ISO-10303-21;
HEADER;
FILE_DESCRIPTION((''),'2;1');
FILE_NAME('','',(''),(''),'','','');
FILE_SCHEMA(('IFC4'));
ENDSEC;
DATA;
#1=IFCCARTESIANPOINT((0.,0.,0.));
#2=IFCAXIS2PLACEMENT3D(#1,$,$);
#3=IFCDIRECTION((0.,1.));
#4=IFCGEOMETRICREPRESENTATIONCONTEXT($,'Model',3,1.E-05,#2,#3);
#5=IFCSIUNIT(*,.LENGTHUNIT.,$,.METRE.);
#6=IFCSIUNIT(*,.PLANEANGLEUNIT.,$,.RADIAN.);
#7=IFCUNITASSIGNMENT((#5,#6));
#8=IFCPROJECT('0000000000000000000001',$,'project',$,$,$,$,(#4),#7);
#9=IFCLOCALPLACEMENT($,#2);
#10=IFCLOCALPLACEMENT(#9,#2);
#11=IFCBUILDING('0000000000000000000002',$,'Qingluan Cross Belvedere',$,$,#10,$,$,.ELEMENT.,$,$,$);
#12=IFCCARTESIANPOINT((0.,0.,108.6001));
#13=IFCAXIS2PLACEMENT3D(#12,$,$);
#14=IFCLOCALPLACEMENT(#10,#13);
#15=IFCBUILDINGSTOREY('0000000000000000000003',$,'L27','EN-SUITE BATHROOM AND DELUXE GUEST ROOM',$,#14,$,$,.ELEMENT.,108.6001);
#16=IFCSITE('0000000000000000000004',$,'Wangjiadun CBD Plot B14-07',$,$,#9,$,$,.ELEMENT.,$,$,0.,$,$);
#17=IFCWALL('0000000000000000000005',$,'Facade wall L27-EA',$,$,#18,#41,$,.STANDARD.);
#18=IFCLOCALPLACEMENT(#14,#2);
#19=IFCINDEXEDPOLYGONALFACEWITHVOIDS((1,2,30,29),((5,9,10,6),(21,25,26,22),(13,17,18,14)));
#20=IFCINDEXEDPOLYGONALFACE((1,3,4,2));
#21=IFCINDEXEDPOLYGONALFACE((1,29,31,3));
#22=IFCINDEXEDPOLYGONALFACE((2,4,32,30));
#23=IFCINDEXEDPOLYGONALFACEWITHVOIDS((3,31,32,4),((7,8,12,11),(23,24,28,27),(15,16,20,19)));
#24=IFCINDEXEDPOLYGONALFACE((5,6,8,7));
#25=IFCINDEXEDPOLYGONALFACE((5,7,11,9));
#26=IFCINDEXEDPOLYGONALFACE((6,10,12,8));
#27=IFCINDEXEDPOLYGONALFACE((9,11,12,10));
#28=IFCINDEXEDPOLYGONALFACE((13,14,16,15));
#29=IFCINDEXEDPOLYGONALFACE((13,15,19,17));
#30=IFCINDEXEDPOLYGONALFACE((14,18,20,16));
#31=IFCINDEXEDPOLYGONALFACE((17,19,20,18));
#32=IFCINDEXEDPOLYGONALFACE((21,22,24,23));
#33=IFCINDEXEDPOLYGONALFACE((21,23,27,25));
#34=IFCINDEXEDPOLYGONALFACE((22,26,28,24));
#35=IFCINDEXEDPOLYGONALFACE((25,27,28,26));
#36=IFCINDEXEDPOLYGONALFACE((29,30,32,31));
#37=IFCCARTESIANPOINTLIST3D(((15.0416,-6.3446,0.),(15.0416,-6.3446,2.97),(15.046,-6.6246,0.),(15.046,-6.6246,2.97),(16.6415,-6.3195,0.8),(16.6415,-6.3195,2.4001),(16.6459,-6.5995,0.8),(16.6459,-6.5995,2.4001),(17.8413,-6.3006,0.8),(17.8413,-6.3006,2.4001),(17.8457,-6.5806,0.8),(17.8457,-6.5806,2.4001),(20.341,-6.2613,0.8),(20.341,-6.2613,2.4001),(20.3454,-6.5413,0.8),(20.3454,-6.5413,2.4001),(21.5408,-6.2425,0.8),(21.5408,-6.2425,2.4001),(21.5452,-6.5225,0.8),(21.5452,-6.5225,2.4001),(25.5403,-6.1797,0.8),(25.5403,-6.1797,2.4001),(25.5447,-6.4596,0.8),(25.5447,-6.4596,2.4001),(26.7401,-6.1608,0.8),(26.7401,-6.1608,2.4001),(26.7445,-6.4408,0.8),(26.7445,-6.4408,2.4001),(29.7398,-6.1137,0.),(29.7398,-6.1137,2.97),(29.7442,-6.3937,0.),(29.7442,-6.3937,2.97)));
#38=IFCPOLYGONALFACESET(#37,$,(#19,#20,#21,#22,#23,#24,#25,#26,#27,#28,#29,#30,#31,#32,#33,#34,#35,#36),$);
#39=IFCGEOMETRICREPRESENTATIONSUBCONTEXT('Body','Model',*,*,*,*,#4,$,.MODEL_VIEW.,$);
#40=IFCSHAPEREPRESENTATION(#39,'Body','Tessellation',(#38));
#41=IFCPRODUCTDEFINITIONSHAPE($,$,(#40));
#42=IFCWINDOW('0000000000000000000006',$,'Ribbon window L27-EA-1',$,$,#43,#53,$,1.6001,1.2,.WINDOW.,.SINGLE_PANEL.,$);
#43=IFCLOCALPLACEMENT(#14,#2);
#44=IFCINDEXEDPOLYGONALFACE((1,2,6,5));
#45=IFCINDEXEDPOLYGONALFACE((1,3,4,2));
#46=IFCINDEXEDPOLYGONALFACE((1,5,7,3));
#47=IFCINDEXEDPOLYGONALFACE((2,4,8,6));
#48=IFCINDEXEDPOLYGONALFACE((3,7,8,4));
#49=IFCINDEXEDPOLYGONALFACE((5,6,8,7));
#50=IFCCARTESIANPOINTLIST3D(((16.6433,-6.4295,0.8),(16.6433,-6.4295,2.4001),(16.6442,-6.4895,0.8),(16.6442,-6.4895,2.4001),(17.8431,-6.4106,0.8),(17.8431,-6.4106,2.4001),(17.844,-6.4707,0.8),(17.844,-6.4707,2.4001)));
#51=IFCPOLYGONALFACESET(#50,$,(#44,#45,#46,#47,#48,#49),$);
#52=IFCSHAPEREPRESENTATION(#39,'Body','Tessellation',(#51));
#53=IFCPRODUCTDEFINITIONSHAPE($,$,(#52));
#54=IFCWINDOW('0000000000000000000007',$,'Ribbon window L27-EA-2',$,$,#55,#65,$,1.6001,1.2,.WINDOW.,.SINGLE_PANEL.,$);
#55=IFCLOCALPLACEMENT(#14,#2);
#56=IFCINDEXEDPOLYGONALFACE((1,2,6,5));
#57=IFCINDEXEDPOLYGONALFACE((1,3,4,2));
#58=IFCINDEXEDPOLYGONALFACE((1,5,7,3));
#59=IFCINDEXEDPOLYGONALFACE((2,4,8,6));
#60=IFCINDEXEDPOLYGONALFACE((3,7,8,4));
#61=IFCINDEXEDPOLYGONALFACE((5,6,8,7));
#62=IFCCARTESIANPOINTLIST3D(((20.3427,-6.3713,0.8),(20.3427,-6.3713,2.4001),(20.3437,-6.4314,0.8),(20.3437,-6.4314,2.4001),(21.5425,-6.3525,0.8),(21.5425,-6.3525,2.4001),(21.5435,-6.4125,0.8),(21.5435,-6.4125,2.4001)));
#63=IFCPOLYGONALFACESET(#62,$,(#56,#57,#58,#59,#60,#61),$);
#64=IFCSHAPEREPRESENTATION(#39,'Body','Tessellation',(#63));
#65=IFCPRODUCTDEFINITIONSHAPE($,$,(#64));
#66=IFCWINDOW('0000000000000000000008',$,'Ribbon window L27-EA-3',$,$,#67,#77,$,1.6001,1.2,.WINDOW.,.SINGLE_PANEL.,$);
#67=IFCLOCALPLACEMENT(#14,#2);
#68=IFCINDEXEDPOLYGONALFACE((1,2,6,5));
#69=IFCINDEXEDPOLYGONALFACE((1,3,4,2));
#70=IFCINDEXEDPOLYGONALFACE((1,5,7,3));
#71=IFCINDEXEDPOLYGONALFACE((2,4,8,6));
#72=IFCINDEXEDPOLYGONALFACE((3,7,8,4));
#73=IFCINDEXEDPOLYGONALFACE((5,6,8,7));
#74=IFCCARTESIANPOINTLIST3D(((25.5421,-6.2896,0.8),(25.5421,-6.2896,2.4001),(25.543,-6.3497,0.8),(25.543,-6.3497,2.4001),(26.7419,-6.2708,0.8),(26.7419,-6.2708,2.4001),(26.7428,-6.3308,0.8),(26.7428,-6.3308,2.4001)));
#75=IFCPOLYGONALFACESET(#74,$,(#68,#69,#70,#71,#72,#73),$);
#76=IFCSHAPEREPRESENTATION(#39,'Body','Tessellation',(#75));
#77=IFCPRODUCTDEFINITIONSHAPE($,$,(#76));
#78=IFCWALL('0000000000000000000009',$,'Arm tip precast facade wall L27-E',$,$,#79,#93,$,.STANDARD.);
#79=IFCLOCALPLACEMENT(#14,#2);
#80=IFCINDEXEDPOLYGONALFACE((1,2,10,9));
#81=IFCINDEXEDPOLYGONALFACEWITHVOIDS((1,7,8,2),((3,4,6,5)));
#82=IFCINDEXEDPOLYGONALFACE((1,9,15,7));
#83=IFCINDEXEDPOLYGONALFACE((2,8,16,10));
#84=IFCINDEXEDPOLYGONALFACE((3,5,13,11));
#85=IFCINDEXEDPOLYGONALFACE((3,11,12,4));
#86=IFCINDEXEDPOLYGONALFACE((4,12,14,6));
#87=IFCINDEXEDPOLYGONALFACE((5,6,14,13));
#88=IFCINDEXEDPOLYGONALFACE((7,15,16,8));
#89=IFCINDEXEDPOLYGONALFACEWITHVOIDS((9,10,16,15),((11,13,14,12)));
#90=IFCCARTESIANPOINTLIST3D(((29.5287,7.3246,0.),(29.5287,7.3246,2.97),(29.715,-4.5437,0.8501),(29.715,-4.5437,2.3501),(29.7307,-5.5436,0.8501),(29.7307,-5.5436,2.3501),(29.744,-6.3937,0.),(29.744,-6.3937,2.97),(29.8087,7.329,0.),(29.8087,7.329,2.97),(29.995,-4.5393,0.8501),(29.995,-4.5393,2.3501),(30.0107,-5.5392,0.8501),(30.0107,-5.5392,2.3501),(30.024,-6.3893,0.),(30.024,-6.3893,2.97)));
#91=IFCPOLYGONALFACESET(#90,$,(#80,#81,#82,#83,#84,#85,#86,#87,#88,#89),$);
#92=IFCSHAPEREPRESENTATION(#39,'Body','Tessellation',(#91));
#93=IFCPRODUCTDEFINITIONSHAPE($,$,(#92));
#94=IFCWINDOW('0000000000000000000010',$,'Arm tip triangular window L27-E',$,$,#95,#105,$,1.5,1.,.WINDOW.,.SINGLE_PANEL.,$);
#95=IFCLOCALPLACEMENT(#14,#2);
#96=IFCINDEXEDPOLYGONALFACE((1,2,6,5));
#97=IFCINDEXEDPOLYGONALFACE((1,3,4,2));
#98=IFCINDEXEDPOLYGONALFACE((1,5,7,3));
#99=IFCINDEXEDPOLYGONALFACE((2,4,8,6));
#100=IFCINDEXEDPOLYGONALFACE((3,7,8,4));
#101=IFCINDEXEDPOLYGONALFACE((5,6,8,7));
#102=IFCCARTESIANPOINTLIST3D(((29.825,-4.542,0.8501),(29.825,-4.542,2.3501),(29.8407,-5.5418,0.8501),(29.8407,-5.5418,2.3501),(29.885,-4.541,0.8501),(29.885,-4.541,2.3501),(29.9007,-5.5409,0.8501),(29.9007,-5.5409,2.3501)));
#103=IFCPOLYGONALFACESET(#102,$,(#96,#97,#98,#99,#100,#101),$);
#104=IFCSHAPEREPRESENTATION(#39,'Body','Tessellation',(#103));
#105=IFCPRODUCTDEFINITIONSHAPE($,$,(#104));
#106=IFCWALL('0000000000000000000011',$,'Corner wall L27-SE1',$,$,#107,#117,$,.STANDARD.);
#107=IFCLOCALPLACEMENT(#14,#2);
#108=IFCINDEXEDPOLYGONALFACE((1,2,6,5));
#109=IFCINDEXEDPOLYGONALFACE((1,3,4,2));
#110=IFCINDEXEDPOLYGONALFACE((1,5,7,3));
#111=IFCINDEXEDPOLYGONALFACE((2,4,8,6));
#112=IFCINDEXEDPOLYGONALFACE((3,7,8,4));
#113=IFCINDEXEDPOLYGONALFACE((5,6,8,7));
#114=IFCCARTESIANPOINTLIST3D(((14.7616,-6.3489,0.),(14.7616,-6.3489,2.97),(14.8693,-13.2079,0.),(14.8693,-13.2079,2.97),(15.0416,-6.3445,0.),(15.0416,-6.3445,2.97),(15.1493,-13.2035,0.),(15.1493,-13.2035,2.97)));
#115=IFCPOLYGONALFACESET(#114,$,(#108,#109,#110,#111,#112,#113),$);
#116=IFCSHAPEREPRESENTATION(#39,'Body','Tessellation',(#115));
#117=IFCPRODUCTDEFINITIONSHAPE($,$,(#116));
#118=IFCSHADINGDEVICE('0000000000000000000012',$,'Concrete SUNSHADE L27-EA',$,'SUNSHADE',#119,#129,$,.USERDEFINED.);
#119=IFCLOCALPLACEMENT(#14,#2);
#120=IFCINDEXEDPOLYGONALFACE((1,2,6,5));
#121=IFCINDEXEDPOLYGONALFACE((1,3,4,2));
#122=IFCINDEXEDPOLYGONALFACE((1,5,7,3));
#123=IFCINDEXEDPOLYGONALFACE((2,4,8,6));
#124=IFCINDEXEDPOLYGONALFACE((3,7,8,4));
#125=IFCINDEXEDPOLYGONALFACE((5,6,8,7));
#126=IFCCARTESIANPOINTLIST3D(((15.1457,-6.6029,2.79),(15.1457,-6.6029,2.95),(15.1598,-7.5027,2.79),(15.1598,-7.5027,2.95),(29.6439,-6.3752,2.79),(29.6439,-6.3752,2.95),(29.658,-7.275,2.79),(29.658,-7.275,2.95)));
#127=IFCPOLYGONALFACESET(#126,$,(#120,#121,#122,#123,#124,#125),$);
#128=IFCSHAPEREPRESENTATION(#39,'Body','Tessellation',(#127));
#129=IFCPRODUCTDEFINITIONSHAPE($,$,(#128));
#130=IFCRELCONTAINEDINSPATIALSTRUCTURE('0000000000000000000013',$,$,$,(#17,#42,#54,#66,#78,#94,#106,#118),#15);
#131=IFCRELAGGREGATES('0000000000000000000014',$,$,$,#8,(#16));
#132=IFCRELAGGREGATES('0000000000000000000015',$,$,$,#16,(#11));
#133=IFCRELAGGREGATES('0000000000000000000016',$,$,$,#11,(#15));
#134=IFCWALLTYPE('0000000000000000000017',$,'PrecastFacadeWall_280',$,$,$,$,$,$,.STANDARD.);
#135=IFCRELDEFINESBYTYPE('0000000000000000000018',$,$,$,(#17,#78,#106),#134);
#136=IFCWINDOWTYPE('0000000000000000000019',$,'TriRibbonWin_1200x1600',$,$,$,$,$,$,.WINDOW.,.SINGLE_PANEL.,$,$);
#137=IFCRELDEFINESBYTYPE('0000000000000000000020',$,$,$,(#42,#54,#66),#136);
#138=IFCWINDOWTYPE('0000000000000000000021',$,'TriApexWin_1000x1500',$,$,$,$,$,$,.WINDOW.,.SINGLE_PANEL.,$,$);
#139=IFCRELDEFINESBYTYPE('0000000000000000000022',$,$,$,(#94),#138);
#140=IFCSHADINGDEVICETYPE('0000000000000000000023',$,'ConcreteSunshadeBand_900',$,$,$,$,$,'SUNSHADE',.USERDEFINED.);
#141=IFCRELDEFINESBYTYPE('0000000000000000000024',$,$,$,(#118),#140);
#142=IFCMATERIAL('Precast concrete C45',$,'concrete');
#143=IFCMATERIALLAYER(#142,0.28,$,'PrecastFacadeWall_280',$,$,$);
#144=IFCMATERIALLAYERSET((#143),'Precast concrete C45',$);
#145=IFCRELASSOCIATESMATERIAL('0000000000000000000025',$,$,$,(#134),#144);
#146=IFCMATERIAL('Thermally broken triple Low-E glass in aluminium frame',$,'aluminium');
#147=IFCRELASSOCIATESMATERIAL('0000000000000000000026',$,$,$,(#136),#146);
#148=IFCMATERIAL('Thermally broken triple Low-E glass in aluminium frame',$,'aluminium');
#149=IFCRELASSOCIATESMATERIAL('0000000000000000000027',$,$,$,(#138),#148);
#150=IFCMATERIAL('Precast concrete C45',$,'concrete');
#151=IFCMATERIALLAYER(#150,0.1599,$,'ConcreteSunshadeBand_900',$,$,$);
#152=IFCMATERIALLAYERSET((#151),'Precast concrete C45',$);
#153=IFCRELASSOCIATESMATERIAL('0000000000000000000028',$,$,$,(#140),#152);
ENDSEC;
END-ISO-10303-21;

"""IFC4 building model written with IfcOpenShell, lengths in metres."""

from ifc_helpers import new_model, si_unit, direction, frame, frame_2d, origin, origin_2d, place, context, subcontext, project, spatial, rectangle, extrude, material, layer, layer_set, type_object, element, fill, save


model = new_model("IFC4")

# Units and contexts
model_context = context("Model", 3, precision=1e-05, world=origin(), true_north=direction((0.0, 1.0)))
body_context = subcontext(model_context, "Body", "Model", "MODEL_VIEW")
ifc_project = project(units=[si_unit("LENGTHUNIT", "METRE"), si_unit("PLANEANGLEUNIT", "RADIAN")], contexts=[model_context])

# Site, building, storey
site_placement = place(None, origin())
site = spatial("IfcSite", under=ifc_project, at=site_placement, Name="Wangjiadun CBD Plot B14-07", CompositionType="ELEMENT", RefElevation=0.0)
building_placement = place(site_placement, origin())
building = spatial("IfcBuilding", under=site, at=building_placement, Name="Qingluan Cross Belvedere", CompositionType="ELEMENT")
storey_placement = place(building_placement, frame((0.0, 0.0, 108.6001)))
storey = spatial("IfcBuildingStorey", under=building, at=storey_placement, Name="L27", Description="EN-SUITE BATHROOM AND DELUXE GUEST ROOM", CompositionType="ELEMENT", Elevation=108.6001)

# Wall, openings, windows
ifc_material_1 = material(Name="Precast concrete C45", Category="concrete")
ifc_layer_1 = layer(ifc_material_1, 0.28, Name="PrecastFacadeWall_280")
ifc_layer_set_1 = layer_set([ifc_layer_1], Name="Precast concrete C45")
wall_type_1 = type_object("IfcWallType", Name="PrecastFacadeWall_280", PredefinedType="STANDARD", material=ifc_layer_set_1)
wall_1_placement = place(storey_placement, frame((15.0437, -6.4846, 0.0), z_axis=(0.0, 0.0, 1.0), x_axis=(0.999877, 0.015711, 0.0)))
wall_1 = element("IfcWall", 1, at=wall_1_placement, inside=storey, type_object=wall_type_1, Name="Facade wall L27-EA", PredefinedType="STANDARD", context=body_context, shape_type="SweptSolid", body=[
    extrude(rectangle(XDim=14.7, YDim=0.28, at=frame_2d((7.3501, 0.0))), origin(), (0.0, 0.0, 1.0), 2.97),
])
opening_1_placement = place(wall_1_placement, frame((1.6001, 0.0, 0.8)))
opening_1 = element("IfcOpeningElement", 2, at=opening_1_placement, cuts=wall_1, PredefinedType="OPENING", context=body_context, shape_type="SweptSolid", body=[
    extrude(rectangle(XDim=1.2, YDim=1.6001, at=frame_2d((0.6001, 0.8))), frame((0.0, 0.1499, 0.0), z_axis=(0.0, -1.0, 0.0), x_axis=(1.0, 0.0, 0.0)), (0.0, 0.0, 1.0), 0.3),
])
opening_2_placement = place(wall_1_placement, frame((5.3, 0.0, 0.8)))
opening_2 = element("IfcOpeningElement", 3, at=opening_2_placement, cuts=wall_1, PredefinedType="OPENING", context=body_context, shape_type="SweptSolid", body=[
    extrude(rectangle(XDim=1.2, YDim=1.6001, at=frame_2d((0.6001, 0.8))), frame((0.0, 0.1499, 0.0), z_axis=(0.0, -1.0, 0.0), x_axis=(1.0, 0.0, 0.0)), (0.0, 0.0, 1.0), 0.3),
])
opening_3_placement = place(wall_1_placement, frame((10.5, 0.0, 0.8)))
opening_3 = element("IfcOpeningElement", 4, at=opening_3_placement, cuts=wall_1, PredefinedType="OPENING", context=body_context, shape_type="SweptSolid", body=[
    extrude(rectangle(XDim=1.2, YDim=1.6001, at=frame_2d((0.6001, 0.8))), frame((0.0, 0.1499, 0.0), z_axis=(0.0, -1.0, 0.0), x_axis=(1.0, 0.0, 0.0)), (0.0, 0.0, 1.0), 0.3),
])
ifc_material_2 = material(Name="Thermally broken triple Low-E glass in aluminium frame", Category="aluminium")
window_type_1 = type_object("IfcWindowType", Name="TriRibbonWin_1200x1600", PartitioningType="SINGLE_PANEL", PredefinedType="WINDOW", material=ifc_material_2)
window_1_placement = place(opening_1_placement, origin())
window_1 = element("IfcWindow", 5, at=window_1_placement, inside=storey, type_object=window_type_1, Name="Ribbon window L27-EA-1", OverallHeight=1.6001, OverallWidth=1.2, PartitioningType="SINGLE_PANEL", PredefinedType="WINDOW", context=body_context, shape_type="SweptSolid", body=[
    extrude(rectangle(XDim=1.2, YDim=1.6001, at=frame_2d((0.6001, 0.8))), frame((0.0, 0.03, 0.0), z_axis=(0.0, -1.0, 0.0), x_axis=(1.0, 0.0, 0.0)), (0.0, 0.0, 1.0), 0.0601),
])
fill(opening_1, window_1)
window_2_placement = place(opening_2_placement, origin())
window_2 = element("IfcWindow", 6, at=window_2_placement, inside=storey, type_object=window_type_1, Name="Ribbon window L27-EA-2", OverallHeight=1.6001, OverallWidth=1.2, PartitioningType="SINGLE_PANEL", PredefinedType="WINDOW", context=body_context, shape_type="SweptSolid", body=[
    extrude(rectangle(XDim=1.2, YDim=1.6001, at=frame_2d((0.6001, 0.8))), frame((0.0, 0.03, 0.0), z_axis=(0.0, -1.0, 0.0), x_axis=(1.0, 0.0, 0.0)), (0.0, 0.0, 1.0), 0.0601),
])
fill(opening_2, window_2)
window_3_placement = place(opening_3_placement, origin())
window_3 = element("IfcWindow", 7, at=window_3_placement, inside=storey, type_object=window_type_1, Name="Ribbon window L27-EA-3", OverallHeight=1.6001, OverallWidth=1.2, PartitioningType="SINGLE_PANEL", PredefinedType="WINDOW", context=body_context, shape_type="SweptSolid", body=[
    extrude(rectangle(XDim=1.2, YDim=1.6001, at=frame_2d((0.6001, 0.8))), frame((0.0, 0.03, 0.0), z_axis=(0.0, -1.0, 0.0), x_axis=(1.0, 0.0, 0.0)), (0.0, 0.0, 1.0), 0.0601),
])
fill(opening_3, window_3)

# Wall, opening, window
wall_2_placement = place(storey_placement, frame((29.884, -6.3914, 0.0), z_axis=(0.0, 0.0, 1.0), x_axis=(-0.015695, 0.999877, 0.0)))
wall_2 = element("IfcWall", 8, at=wall_2_placement, inside=storey, type_object=wall_type_1, Name="Arm tip precast facade wall L27-E", PredefinedType="STANDARD", context=body_context, shape_type="SweptSolid", body=[
    extrude(rectangle(XDim=13.72, YDim=0.28, at=frame_2d((6.8599, 0.0))), origin(), (0.0, 0.0, 1.0), 2.97),
])
opening_4_placement = place(wall_2_placement, frame((0.8501, 0.0, 0.8501)))
opening_4 = element("IfcOpeningElement", 9, at=opening_4_placement, cuts=wall_2, PredefinedType="OPENING", context=body_context, shape_type="SweptSolid", body=[
    extrude(rectangle(XDim=1.0, YDim=1.5, at=frame_2d((0.5, 0.75))), frame((0.0, 0.1499, 0.0), z_axis=(0.0, -1.0, 0.0), x_axis=(1.0, 0.0, 0.0)), (0.0, 0.0, 1.0), 0.3),
])
ifc_material_3 = material(Name="Thermally broken triple Low-E glass in aluminium frame", Category="aluminium")
window_type_2 = type_object("IfcWindowType", Name="TriApexWin_1000x1500", PartitioningType="SINGLE_PANEL", PredefinedType="WINDOW", material=ifc_material_3)
window_4_placement = place(opening_4_placement, origin())
window_4 = element("IfcWindow", 10, at=window_4_placement, inside=storey, type_object=window_type_2, Name="Arm tip triangular window L27-E", OverallHeight=1.5, OverallWidth=1.0, PartitioningType="SINGLE_PANEL", PredefinedType="WINDOW", context=body_context, shape_type="SweptSolid", body=[
    extrude(rectangle(XDim=1.0, YDim=1.5, at=frame_2d((0.5, 0.75))), frame((0.0, 0.03, 0.0), z_axis=(0.0, -1.0, 0.0), x_axis=(1.0, 0.0, 0.0)), (0.0, 0.0, 1.0), 0.0601),
])
fill(opening_4, window_4)

# Wall
wall_3_placement = place(storey_placement, frame((14.9016, -6.3467, 0.0), z_axis=(0.0, 0.0, 1.0), x_axis=(0.015695, -0.999877, 0.0)))
element("IfcWall", 11, at=wall_3_placement, inside=storey, type_object=wall_type_1, Name="Corner wall L27-SE1", PredefinedType="STANDARD", context=body_context, shape_type="SweptSolid", body=[
    extrude(rectangle(XDim=6.8599, YDim=0.28, at=frame_2d((3.4299, 0.0))), origin(), (0.0, 0.0, 1.0), 2.97),
])

# Shading device
ifc_material_4 = material(Name="Precast concrete C45", Category="concrete")
ifc_layer_2 = layer(ifc_material_4, 0.1599, Name="ConcreteSunshadeBand_900")
ifc_layer_set_2 = layer_set([ifc_layer_2], Name="Precast concrete C45")
shading_device_type = type_object("IfcShadingDeviceType", Name="ConcreteSunshadeBand_900", ElementType="SUNSHADE", PredefinedType="USERDEFINED", material=ifc_layer_set_2)
shading_device_placement = place(storey_placement, frame((22.4019, -6.939, 2.79), z_axis=(0.0, 0.0, 1.0), x_axis=(0.999877, 0.015707, 0.0)))
element("IfcShadingDevice", 12, at=shading_device_placement, inside=storey, type_object=shading_device_type, Name="Concrete SUNSHADE L27-EA", ObjectType="SUNSHADE", PredefinedType="USERDEFINED", context=body_context, shape_type="SweptSolid", body=[
    extrude(rectangle(XDim=14.5, YDim=0.8999, at=origin_2d()), origin(), (0.0, 0.0, 1.0), 0.1599),
])

save(model, "model.ifc")
